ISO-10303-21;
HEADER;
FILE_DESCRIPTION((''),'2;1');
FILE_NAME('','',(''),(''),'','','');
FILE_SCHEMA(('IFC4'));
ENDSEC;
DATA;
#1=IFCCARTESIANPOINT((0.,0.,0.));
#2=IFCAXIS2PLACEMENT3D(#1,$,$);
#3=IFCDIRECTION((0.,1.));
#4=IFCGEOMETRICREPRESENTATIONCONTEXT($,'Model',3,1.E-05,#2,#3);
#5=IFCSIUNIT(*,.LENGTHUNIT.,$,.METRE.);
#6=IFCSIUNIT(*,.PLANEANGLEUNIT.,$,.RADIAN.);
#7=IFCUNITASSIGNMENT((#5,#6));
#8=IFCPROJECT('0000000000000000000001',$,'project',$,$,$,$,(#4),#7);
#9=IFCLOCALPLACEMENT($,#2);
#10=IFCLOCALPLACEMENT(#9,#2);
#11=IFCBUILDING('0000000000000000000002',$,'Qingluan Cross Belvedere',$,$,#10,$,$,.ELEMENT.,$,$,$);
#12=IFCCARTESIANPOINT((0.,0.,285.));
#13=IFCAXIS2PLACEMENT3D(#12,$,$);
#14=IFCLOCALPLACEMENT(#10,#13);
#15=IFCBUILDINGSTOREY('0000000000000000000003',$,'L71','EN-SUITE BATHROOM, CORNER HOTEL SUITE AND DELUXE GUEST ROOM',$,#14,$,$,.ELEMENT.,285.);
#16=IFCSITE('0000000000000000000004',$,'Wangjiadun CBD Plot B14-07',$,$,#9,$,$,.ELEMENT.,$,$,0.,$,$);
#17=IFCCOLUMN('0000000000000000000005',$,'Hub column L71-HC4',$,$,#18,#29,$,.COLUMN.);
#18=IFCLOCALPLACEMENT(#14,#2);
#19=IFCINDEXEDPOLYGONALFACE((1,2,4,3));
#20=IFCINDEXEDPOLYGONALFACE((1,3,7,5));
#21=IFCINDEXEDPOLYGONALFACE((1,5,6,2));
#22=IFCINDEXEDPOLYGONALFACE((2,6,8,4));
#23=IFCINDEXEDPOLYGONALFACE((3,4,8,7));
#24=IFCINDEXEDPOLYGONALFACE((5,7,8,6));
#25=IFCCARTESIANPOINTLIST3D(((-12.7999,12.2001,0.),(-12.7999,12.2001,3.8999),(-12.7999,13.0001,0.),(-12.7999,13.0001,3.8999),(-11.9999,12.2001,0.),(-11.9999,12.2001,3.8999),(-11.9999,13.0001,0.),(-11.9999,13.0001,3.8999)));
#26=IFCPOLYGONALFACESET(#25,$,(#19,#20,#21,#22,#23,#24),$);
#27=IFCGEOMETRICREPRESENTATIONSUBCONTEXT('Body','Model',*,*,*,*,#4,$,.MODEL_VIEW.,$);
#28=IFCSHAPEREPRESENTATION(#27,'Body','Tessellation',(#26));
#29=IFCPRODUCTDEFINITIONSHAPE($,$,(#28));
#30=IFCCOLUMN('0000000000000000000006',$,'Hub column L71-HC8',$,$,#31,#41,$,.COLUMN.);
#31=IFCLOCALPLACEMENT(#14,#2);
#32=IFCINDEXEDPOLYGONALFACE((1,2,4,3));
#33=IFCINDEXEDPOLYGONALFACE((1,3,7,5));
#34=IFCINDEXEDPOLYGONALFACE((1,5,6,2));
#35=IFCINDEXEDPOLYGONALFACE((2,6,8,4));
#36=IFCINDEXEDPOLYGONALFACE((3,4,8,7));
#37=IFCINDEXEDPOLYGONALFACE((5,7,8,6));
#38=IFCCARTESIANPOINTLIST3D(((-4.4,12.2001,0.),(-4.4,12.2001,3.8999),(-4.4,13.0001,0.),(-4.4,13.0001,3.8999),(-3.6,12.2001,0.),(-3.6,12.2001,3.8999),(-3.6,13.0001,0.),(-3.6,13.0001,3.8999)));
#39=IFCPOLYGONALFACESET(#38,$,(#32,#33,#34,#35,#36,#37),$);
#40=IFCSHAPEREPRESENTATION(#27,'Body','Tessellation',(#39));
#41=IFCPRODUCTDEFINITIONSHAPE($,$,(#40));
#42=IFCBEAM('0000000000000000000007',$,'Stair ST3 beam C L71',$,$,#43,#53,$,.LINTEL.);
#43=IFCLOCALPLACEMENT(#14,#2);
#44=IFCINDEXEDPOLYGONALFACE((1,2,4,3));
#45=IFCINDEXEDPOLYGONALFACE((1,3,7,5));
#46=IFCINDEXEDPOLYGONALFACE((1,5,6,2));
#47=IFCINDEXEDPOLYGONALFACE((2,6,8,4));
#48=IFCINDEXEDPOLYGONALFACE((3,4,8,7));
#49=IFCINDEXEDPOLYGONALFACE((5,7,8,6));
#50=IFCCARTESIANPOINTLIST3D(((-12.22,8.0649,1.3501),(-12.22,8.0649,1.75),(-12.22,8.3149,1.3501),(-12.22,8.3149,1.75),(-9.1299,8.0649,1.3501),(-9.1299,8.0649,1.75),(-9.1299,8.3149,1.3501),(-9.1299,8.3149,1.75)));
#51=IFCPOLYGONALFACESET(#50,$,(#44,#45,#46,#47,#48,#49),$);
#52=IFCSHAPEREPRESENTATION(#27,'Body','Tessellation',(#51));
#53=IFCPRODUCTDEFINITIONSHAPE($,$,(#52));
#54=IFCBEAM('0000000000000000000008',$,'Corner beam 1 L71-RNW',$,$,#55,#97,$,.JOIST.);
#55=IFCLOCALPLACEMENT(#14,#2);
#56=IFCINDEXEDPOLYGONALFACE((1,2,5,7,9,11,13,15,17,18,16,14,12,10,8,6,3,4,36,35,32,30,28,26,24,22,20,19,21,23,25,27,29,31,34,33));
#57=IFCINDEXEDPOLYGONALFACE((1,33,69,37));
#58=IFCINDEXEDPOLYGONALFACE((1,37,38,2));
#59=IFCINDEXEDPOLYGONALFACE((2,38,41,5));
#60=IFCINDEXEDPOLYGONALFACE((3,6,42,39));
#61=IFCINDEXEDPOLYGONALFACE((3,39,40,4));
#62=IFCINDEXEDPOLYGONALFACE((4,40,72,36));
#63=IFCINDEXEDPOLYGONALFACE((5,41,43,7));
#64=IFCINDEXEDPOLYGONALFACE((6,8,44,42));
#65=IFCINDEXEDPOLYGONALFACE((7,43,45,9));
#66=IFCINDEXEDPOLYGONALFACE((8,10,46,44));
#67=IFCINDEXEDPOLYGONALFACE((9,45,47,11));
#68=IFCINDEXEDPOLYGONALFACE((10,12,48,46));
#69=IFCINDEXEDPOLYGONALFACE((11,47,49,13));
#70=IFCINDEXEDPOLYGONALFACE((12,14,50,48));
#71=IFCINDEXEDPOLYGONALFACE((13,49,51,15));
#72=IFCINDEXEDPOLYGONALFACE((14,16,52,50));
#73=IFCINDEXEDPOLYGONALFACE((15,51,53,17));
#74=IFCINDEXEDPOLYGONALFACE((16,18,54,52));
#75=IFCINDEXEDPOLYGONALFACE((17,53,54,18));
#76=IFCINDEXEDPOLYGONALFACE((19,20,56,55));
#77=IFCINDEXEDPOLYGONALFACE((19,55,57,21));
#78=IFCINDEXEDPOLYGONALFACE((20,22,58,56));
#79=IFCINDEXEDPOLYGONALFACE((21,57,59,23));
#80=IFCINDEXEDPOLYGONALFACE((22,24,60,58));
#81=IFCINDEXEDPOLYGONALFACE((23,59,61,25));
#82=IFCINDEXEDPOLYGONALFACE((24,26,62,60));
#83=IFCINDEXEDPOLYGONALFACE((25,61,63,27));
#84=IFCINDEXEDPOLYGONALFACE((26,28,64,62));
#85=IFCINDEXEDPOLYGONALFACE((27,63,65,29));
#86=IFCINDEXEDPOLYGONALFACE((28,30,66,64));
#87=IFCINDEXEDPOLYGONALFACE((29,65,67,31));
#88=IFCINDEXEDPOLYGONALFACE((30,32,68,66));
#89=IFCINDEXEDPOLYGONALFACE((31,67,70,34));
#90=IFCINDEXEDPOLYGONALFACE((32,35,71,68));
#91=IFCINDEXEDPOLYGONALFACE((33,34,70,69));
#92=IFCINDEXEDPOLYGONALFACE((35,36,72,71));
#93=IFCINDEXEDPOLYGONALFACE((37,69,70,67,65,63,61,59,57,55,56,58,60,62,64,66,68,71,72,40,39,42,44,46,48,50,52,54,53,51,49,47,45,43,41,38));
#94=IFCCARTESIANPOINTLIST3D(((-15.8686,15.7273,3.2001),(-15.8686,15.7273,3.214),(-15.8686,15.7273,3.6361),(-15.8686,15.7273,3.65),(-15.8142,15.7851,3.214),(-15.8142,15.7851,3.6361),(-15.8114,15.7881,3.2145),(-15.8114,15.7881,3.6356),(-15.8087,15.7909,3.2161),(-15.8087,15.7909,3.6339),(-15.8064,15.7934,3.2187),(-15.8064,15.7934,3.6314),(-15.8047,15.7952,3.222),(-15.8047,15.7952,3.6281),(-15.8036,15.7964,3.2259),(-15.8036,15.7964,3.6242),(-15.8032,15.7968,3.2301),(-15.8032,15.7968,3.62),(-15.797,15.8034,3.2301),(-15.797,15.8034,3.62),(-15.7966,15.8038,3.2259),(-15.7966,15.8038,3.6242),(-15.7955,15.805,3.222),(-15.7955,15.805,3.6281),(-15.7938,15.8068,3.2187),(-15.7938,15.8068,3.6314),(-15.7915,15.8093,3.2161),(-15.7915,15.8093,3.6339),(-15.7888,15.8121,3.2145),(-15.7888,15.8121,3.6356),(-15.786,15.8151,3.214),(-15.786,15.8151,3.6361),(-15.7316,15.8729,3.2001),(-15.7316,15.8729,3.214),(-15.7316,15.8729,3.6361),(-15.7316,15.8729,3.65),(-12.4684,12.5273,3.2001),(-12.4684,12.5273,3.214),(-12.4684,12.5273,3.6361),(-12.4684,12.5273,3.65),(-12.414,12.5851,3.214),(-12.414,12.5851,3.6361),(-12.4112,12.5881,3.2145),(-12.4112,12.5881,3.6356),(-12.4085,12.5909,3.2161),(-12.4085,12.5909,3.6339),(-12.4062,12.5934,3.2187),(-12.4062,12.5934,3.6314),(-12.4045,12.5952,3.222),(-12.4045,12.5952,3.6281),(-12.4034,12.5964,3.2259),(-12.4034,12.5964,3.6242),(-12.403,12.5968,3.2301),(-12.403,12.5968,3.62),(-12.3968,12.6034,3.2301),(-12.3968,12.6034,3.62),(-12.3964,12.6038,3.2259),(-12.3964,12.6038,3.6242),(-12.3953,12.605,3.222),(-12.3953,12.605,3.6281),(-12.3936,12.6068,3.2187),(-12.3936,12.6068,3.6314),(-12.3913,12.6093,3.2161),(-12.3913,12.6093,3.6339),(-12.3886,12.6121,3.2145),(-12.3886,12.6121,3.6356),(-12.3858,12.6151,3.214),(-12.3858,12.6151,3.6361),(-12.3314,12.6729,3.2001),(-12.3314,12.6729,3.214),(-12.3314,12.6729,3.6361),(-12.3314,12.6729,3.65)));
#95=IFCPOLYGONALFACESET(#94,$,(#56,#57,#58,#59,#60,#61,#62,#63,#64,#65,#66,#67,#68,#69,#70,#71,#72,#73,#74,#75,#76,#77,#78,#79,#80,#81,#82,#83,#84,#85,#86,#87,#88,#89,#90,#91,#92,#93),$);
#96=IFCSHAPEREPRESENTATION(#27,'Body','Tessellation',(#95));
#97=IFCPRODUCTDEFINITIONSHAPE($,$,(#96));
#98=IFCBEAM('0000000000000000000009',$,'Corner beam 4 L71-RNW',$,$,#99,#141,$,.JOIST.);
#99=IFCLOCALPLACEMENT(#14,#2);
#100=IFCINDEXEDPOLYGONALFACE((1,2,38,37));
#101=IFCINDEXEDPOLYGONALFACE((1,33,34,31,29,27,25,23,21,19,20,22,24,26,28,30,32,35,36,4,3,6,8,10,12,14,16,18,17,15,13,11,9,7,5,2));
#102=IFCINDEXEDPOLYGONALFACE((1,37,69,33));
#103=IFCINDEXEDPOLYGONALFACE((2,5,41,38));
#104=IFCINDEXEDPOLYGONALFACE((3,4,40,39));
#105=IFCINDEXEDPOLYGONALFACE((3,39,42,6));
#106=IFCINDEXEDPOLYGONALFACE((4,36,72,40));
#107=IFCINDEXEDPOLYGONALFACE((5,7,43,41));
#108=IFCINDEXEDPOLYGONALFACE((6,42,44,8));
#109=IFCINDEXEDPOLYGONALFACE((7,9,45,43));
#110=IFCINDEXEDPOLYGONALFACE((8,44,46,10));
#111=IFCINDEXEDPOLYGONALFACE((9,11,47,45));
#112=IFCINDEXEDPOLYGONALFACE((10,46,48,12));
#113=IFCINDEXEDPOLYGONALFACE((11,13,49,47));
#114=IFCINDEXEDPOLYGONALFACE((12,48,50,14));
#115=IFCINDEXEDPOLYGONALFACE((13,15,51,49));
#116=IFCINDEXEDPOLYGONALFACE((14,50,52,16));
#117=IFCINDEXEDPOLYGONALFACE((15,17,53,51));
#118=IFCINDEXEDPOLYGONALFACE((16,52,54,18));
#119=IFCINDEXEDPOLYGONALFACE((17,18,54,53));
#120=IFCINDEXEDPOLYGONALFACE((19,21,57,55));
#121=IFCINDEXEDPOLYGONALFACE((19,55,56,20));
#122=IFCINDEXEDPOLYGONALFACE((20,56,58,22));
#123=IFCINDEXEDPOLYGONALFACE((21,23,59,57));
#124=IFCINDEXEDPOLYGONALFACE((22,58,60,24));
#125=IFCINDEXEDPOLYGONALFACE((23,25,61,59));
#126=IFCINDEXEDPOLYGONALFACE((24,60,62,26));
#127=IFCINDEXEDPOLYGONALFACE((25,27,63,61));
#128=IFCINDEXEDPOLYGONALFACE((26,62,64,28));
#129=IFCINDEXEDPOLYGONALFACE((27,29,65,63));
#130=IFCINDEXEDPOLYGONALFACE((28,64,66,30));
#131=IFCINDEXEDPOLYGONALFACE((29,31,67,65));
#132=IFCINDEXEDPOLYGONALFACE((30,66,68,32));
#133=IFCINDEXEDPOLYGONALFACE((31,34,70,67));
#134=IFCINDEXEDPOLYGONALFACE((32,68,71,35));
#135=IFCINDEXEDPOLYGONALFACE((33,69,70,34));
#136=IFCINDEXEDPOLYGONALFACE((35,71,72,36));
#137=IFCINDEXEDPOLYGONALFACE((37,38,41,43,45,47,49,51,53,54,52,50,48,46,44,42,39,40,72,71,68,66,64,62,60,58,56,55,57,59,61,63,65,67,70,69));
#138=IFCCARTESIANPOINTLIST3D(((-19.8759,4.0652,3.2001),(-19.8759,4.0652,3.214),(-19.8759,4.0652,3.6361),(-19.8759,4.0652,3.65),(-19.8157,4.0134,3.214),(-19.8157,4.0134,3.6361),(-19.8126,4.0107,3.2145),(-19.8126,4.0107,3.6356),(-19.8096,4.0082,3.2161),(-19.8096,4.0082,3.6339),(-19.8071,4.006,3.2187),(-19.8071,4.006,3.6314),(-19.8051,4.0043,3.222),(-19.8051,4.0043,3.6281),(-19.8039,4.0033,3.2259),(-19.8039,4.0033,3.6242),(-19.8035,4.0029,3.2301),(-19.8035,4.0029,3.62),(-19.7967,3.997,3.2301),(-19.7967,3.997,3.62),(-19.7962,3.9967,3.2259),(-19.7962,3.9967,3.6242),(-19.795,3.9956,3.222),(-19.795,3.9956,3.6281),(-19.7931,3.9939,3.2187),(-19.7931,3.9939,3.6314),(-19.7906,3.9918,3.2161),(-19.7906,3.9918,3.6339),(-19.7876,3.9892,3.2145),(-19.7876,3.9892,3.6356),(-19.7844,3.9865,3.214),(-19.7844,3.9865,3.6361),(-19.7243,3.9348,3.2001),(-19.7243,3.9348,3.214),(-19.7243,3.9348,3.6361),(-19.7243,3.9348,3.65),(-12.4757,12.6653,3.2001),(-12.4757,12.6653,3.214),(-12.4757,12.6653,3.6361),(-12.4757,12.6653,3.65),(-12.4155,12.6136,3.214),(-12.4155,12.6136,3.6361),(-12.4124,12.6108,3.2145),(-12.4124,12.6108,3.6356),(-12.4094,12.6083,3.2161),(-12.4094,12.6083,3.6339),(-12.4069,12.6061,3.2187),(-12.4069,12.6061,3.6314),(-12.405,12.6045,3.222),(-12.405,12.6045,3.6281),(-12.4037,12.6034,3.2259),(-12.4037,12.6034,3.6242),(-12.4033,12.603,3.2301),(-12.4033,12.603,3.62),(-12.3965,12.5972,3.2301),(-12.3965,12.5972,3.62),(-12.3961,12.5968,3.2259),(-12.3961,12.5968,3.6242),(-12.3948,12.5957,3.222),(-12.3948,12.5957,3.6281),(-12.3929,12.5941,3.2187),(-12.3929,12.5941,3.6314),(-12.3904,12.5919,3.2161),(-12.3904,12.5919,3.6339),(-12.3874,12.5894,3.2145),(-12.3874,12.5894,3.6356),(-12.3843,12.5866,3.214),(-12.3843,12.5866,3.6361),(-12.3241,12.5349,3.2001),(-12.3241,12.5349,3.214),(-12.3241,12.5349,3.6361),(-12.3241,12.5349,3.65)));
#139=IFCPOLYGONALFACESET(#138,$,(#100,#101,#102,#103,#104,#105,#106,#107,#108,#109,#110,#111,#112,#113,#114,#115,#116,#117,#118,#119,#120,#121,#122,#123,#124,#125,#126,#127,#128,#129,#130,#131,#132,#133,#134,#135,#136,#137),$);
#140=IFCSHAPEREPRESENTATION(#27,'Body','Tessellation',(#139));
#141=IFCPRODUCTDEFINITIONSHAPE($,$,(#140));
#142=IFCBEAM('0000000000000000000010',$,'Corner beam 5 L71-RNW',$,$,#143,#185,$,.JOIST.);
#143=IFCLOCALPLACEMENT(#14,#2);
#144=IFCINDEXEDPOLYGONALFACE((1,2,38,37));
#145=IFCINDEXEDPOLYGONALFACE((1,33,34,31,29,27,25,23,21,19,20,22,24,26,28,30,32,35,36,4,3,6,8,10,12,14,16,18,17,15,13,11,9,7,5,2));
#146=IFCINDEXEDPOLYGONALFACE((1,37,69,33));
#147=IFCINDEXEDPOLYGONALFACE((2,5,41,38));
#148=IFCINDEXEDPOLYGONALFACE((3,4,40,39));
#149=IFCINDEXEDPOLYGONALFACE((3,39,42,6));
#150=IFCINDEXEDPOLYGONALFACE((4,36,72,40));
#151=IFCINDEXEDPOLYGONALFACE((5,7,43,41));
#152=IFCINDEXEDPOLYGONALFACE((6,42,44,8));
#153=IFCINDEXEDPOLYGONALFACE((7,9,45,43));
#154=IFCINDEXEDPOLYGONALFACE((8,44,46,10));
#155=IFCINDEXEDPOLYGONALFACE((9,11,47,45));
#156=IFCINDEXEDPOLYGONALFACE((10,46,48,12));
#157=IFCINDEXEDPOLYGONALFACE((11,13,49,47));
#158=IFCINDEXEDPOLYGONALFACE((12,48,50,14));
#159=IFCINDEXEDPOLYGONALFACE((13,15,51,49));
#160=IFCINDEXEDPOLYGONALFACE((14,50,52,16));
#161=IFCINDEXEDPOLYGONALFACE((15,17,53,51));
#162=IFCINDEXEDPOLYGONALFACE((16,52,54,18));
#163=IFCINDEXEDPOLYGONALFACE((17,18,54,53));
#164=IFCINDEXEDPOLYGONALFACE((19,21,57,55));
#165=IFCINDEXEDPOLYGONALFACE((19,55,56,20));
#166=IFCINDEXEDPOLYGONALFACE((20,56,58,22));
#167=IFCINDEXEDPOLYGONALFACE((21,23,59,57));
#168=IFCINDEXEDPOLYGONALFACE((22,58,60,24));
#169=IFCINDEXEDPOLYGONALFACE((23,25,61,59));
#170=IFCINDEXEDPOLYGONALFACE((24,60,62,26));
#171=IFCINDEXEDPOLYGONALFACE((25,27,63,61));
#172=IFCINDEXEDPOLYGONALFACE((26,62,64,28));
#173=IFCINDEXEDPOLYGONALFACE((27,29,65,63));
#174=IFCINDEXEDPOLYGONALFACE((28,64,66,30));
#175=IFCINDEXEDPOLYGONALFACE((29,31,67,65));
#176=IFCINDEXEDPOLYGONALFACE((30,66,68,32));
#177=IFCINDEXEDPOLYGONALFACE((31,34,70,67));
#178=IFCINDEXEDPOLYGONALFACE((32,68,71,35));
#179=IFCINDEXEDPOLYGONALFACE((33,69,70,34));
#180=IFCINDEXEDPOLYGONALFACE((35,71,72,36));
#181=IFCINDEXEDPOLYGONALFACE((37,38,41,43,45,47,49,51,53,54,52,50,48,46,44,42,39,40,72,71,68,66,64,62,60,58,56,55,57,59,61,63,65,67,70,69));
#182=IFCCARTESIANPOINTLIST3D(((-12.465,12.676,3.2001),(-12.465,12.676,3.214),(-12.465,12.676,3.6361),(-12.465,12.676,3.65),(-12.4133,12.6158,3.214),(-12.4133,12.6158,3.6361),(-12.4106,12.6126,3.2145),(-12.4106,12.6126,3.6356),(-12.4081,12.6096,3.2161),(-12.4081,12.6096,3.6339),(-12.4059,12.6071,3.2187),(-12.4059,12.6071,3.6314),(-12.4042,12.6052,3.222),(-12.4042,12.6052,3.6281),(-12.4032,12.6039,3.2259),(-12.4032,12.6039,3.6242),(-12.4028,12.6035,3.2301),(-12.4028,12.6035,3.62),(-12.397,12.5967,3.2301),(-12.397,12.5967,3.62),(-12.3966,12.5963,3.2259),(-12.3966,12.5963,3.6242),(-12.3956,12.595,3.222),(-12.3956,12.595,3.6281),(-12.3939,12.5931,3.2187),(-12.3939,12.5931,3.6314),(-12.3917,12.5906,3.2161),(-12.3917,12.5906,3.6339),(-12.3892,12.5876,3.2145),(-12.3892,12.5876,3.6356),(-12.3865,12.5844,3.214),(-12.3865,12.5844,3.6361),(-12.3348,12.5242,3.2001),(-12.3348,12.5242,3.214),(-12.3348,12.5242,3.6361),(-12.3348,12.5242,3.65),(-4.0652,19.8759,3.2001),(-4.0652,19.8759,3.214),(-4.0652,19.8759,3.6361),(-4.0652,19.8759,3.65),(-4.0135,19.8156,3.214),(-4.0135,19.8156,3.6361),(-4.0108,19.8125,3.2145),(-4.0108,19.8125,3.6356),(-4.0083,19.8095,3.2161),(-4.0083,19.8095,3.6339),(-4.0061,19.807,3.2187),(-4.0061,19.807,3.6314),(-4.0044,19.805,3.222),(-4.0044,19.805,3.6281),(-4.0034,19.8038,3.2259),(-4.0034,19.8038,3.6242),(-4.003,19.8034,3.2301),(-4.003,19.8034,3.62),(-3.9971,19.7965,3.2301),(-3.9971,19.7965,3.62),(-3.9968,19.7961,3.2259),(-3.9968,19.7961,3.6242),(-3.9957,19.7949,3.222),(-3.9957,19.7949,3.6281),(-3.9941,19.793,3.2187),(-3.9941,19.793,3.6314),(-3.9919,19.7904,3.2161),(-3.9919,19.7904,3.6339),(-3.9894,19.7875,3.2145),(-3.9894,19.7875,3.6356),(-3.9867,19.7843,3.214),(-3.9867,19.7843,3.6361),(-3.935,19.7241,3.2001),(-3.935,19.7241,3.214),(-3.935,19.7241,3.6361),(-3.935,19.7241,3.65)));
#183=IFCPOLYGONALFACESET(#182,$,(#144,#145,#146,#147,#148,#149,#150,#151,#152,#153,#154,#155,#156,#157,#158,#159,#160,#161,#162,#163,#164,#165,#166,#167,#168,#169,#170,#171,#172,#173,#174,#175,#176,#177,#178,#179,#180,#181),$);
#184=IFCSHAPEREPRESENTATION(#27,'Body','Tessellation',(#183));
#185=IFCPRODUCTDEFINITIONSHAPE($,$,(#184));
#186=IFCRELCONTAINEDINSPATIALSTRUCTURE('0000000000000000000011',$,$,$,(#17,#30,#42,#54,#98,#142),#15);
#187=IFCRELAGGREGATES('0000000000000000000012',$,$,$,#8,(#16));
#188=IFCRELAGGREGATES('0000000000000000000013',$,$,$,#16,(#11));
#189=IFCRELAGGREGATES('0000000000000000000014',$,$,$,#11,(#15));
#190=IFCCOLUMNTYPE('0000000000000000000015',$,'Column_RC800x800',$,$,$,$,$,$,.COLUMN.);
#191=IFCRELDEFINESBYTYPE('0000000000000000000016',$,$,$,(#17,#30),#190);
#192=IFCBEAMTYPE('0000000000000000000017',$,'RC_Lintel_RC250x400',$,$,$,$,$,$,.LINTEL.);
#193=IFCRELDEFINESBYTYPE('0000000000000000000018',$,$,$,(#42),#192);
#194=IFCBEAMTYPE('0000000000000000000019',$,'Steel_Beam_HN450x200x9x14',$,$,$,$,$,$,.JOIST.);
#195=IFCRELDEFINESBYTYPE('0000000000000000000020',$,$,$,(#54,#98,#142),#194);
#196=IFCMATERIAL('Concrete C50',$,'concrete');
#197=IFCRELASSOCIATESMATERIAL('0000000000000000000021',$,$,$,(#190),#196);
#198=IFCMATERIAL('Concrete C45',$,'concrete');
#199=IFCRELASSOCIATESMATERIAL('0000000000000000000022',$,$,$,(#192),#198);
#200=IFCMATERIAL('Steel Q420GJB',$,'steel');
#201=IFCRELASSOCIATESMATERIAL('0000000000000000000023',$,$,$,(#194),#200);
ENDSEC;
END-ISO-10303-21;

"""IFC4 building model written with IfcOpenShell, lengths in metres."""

from ifc_helpers import new_model, si_unit, direction, frame, origin, origin_2d, place, context, subcontext, project, spatial, rectangle, i_section, extrude, material, material_profile, profile_set, type_object, element, save


model = new_model("IFC4")

# Units and contexts
model_context = context("Model", 3, precision=1e-05, world=origin(), true_north=direction((0.0, 1.0)))
body_context = subcontext(model_context, "Body", "Model", "MODEL_VIEW")
ifc_project = project(units=[si_unit("LENGTHUNIT", "METRE"), si_unit("PLANEANGLEUNIT", "RADIAN")], contexts=[model_context])

# Site, building, storey
site_placement = place(None, origin())
site = spatial("IfcSite", under=ifc_project, at=site_placement, Name="Wangjiadun CBD Plot B14-07", CompositionType="ELEMENT", RefElevation=0.0)
building_placement = place(site_placement, origin())
building = spatial("IfcBuilding", under=site, at=building_placement, Name="Qingluan Cross Belvedere", CompositionType="ELEMENT")
storey_placement = place(building_placement, frame((0.0, 0.0, 285.0)))
storey = spatial("IfcBuildingStorey", under=building, at=storey_placement, Name="L71", Description="EN-SUITE BATHROOM, CORNER HOTEL SUITE AND DELUXE GUEST ROOM", CompositionType="ELEMENT", Elevation=285.0)

# Columns
ifc_material_1 = material(Name="Concrete C50", Category="concrete")
ifc_material_profile_1 = material_profile(ifc_material_1, rectangle(XDim=0.8, YDim=0.8, at=origin_2d()), Name="RC800x800")
ifc_profile_set_1 = profile_set([ifc_material_profile_1], Name="Concrete C50")
column_type = type_object("IfcColumnType", Name="Column_RC800x800", PredefinedType="COLUMN", material=ifc_profile_set_1)
for number, where, z_axis, x_axis, name in (
    (1, (-12.3999, 12.6001, 0.0), (0.0, 0.0, 1.0), (1.0, 0.0, 0.0), "Hub column L71-HC4"),
    (2, (-4.0, 12.6001, 0.0), (0.0, 0.0, 1.0), (1.0, 0.0, 0.0), "Hub column L71-HC8"),
):
    element("IfcColumn", number, at=place(storey_placement, frame(where, z_axis=z_axis, x_axis=x_axis)), inside=storey, type_object=column_type, Name=name, PredefinedType="COLUMN", context=body_context, shape_type="SweptSolid", body=[
        extrude(rectangle(XDim=0.8, YDim=0.8, at=origin_2d()), origin(), (0.0, 0.0, 1.0), 3.8999),
    ])

# Beams
ifc_material_2 = material(Name="Concrete C45", Category="concrete")
ifc_material_profile_2 = material_profile(ifc_material_2, rectangle(XDim=0.25, YDim=0.3999, at=origin_2d()), Name="RC250x400")
ifc_profile_set_2 = profile_set([ifc_material_profile_2], Name="Concrete C45")
beam_type_1 = type_object("IfcBeamType", Name="RC_Lintel_RC250x400", PredefinedType="LINTEL", material=ifc_profile_set_2)
beam_1_placement = place(storey_placement, frame((-12.22, 8.1899, 1.55), z_axis=(1.0, 0.0, 0.0), x_axis=(0.0, 1.0, 0.0)))
element("IfcBeam", 3, at=beam_1_placement, inside=storey, type_object=beam_type_1, Name="Stair ST3 beam C L71", PredefinedType="LINTEL", context=body_context, shape_type="SweptSolid", body=[
    extrude(rectangle(XDim=0.25, YDim=0.3999, at=origin_2d()), origin(), (0.0, 0.0, 1.0), 3.0901),
])
ifc_material_3 = material(Name="Steel Q420GJB", Category="steel")
ifc_material_profile_3 = material_profile(ifc_material_3, i_section(OverallWidth=0.2, OverallDepth=0.45, WebThickness=0.009, FlangeThickness=0.0139, FilletRadius=0.0161, at=origin_2d()), Name="HN450x200x9x14")
ifc_profile_set_3 = profile_set([ifc_material_profile_3], Name="Steel Q420GJB")
beam_type_2 = type_object("IfcBeamType", Name="Steel_Beam_HN450x200x9x14", PredefinedType="JOIST", material=ifc_profile_set_3)
beam_2_placement = place(storey_placement, frame((-12.3999, 12.6001, 3.425), z_axis=(-0.72822, 0.685343, 0.0), x_axis=(-0.685343, -0.72822, 0.0)))
element("IfcBeam", 4, at=beam_2_placement, inside=storey, type_object=beam_type_2, Name="Corner beam 1 L71-RNW", PredefinedType="JOIST", context=body_context, shape_type="SweptSolid", body=[
    extrude(i_section(OverallWidth=0.2, OverallDepth=0.45, WebThickness=0.009, FlangeThickness=0.0139, FilletRadius=0.0161, at=origin_2d()), origin(), (0.0, 0.0, 1.0), 4.6692),
])
beam_3_placement = place(storey_placement, frame((-12.3999, 12.6001, 3.425), z_axis=(-0.652245, -0.758008, 0.0), x_axis=(0.758008, -0.652245, 0.0)))
element("IfcBeam", 5, at=beam_3_placement, inside=storey, type_object=beam_type_2, Name="Corner beam 4 L71-RNW", PredefinedType="JOIST", context=body_context, shape_type="SweptSolid", body=[
    extrude(i_section(OverallWidth=0.2, OverallDepth=0.45, WebThickness=0.009, FlangeThickness=0.0139, FilletRadius=0.0161, at=origin_2d()), origin(), (0.0, 0.0, 1.0), 11.3457),
])
beam_4_placement = place(storey_placement, frame((-12.3999, 12.6001, 3.425), z_axis=(0.759255, 0.650793, 0.0), x_axis=(-0.650793, 0.759255, 0.0)))
element("IfcBeam", 6, at=beam_4_placement, inside=storey, type_object=beam_type_2, Name="Corner beam 5 L71-RNW", PredefinedType="JOIST", context=body_context, shape_type="SweptSolid", body=[
    extrude(i_section(OverallWidth=0.2, OverallDepth=0.45, WebThickness=0.009, FlangeThickness=0.0139, FilletRadius=0.0161, at=origin_2d()), origin(), (0.0, 0.0, 1.0), 11.0632),
])

save(model, "model.ifc")
